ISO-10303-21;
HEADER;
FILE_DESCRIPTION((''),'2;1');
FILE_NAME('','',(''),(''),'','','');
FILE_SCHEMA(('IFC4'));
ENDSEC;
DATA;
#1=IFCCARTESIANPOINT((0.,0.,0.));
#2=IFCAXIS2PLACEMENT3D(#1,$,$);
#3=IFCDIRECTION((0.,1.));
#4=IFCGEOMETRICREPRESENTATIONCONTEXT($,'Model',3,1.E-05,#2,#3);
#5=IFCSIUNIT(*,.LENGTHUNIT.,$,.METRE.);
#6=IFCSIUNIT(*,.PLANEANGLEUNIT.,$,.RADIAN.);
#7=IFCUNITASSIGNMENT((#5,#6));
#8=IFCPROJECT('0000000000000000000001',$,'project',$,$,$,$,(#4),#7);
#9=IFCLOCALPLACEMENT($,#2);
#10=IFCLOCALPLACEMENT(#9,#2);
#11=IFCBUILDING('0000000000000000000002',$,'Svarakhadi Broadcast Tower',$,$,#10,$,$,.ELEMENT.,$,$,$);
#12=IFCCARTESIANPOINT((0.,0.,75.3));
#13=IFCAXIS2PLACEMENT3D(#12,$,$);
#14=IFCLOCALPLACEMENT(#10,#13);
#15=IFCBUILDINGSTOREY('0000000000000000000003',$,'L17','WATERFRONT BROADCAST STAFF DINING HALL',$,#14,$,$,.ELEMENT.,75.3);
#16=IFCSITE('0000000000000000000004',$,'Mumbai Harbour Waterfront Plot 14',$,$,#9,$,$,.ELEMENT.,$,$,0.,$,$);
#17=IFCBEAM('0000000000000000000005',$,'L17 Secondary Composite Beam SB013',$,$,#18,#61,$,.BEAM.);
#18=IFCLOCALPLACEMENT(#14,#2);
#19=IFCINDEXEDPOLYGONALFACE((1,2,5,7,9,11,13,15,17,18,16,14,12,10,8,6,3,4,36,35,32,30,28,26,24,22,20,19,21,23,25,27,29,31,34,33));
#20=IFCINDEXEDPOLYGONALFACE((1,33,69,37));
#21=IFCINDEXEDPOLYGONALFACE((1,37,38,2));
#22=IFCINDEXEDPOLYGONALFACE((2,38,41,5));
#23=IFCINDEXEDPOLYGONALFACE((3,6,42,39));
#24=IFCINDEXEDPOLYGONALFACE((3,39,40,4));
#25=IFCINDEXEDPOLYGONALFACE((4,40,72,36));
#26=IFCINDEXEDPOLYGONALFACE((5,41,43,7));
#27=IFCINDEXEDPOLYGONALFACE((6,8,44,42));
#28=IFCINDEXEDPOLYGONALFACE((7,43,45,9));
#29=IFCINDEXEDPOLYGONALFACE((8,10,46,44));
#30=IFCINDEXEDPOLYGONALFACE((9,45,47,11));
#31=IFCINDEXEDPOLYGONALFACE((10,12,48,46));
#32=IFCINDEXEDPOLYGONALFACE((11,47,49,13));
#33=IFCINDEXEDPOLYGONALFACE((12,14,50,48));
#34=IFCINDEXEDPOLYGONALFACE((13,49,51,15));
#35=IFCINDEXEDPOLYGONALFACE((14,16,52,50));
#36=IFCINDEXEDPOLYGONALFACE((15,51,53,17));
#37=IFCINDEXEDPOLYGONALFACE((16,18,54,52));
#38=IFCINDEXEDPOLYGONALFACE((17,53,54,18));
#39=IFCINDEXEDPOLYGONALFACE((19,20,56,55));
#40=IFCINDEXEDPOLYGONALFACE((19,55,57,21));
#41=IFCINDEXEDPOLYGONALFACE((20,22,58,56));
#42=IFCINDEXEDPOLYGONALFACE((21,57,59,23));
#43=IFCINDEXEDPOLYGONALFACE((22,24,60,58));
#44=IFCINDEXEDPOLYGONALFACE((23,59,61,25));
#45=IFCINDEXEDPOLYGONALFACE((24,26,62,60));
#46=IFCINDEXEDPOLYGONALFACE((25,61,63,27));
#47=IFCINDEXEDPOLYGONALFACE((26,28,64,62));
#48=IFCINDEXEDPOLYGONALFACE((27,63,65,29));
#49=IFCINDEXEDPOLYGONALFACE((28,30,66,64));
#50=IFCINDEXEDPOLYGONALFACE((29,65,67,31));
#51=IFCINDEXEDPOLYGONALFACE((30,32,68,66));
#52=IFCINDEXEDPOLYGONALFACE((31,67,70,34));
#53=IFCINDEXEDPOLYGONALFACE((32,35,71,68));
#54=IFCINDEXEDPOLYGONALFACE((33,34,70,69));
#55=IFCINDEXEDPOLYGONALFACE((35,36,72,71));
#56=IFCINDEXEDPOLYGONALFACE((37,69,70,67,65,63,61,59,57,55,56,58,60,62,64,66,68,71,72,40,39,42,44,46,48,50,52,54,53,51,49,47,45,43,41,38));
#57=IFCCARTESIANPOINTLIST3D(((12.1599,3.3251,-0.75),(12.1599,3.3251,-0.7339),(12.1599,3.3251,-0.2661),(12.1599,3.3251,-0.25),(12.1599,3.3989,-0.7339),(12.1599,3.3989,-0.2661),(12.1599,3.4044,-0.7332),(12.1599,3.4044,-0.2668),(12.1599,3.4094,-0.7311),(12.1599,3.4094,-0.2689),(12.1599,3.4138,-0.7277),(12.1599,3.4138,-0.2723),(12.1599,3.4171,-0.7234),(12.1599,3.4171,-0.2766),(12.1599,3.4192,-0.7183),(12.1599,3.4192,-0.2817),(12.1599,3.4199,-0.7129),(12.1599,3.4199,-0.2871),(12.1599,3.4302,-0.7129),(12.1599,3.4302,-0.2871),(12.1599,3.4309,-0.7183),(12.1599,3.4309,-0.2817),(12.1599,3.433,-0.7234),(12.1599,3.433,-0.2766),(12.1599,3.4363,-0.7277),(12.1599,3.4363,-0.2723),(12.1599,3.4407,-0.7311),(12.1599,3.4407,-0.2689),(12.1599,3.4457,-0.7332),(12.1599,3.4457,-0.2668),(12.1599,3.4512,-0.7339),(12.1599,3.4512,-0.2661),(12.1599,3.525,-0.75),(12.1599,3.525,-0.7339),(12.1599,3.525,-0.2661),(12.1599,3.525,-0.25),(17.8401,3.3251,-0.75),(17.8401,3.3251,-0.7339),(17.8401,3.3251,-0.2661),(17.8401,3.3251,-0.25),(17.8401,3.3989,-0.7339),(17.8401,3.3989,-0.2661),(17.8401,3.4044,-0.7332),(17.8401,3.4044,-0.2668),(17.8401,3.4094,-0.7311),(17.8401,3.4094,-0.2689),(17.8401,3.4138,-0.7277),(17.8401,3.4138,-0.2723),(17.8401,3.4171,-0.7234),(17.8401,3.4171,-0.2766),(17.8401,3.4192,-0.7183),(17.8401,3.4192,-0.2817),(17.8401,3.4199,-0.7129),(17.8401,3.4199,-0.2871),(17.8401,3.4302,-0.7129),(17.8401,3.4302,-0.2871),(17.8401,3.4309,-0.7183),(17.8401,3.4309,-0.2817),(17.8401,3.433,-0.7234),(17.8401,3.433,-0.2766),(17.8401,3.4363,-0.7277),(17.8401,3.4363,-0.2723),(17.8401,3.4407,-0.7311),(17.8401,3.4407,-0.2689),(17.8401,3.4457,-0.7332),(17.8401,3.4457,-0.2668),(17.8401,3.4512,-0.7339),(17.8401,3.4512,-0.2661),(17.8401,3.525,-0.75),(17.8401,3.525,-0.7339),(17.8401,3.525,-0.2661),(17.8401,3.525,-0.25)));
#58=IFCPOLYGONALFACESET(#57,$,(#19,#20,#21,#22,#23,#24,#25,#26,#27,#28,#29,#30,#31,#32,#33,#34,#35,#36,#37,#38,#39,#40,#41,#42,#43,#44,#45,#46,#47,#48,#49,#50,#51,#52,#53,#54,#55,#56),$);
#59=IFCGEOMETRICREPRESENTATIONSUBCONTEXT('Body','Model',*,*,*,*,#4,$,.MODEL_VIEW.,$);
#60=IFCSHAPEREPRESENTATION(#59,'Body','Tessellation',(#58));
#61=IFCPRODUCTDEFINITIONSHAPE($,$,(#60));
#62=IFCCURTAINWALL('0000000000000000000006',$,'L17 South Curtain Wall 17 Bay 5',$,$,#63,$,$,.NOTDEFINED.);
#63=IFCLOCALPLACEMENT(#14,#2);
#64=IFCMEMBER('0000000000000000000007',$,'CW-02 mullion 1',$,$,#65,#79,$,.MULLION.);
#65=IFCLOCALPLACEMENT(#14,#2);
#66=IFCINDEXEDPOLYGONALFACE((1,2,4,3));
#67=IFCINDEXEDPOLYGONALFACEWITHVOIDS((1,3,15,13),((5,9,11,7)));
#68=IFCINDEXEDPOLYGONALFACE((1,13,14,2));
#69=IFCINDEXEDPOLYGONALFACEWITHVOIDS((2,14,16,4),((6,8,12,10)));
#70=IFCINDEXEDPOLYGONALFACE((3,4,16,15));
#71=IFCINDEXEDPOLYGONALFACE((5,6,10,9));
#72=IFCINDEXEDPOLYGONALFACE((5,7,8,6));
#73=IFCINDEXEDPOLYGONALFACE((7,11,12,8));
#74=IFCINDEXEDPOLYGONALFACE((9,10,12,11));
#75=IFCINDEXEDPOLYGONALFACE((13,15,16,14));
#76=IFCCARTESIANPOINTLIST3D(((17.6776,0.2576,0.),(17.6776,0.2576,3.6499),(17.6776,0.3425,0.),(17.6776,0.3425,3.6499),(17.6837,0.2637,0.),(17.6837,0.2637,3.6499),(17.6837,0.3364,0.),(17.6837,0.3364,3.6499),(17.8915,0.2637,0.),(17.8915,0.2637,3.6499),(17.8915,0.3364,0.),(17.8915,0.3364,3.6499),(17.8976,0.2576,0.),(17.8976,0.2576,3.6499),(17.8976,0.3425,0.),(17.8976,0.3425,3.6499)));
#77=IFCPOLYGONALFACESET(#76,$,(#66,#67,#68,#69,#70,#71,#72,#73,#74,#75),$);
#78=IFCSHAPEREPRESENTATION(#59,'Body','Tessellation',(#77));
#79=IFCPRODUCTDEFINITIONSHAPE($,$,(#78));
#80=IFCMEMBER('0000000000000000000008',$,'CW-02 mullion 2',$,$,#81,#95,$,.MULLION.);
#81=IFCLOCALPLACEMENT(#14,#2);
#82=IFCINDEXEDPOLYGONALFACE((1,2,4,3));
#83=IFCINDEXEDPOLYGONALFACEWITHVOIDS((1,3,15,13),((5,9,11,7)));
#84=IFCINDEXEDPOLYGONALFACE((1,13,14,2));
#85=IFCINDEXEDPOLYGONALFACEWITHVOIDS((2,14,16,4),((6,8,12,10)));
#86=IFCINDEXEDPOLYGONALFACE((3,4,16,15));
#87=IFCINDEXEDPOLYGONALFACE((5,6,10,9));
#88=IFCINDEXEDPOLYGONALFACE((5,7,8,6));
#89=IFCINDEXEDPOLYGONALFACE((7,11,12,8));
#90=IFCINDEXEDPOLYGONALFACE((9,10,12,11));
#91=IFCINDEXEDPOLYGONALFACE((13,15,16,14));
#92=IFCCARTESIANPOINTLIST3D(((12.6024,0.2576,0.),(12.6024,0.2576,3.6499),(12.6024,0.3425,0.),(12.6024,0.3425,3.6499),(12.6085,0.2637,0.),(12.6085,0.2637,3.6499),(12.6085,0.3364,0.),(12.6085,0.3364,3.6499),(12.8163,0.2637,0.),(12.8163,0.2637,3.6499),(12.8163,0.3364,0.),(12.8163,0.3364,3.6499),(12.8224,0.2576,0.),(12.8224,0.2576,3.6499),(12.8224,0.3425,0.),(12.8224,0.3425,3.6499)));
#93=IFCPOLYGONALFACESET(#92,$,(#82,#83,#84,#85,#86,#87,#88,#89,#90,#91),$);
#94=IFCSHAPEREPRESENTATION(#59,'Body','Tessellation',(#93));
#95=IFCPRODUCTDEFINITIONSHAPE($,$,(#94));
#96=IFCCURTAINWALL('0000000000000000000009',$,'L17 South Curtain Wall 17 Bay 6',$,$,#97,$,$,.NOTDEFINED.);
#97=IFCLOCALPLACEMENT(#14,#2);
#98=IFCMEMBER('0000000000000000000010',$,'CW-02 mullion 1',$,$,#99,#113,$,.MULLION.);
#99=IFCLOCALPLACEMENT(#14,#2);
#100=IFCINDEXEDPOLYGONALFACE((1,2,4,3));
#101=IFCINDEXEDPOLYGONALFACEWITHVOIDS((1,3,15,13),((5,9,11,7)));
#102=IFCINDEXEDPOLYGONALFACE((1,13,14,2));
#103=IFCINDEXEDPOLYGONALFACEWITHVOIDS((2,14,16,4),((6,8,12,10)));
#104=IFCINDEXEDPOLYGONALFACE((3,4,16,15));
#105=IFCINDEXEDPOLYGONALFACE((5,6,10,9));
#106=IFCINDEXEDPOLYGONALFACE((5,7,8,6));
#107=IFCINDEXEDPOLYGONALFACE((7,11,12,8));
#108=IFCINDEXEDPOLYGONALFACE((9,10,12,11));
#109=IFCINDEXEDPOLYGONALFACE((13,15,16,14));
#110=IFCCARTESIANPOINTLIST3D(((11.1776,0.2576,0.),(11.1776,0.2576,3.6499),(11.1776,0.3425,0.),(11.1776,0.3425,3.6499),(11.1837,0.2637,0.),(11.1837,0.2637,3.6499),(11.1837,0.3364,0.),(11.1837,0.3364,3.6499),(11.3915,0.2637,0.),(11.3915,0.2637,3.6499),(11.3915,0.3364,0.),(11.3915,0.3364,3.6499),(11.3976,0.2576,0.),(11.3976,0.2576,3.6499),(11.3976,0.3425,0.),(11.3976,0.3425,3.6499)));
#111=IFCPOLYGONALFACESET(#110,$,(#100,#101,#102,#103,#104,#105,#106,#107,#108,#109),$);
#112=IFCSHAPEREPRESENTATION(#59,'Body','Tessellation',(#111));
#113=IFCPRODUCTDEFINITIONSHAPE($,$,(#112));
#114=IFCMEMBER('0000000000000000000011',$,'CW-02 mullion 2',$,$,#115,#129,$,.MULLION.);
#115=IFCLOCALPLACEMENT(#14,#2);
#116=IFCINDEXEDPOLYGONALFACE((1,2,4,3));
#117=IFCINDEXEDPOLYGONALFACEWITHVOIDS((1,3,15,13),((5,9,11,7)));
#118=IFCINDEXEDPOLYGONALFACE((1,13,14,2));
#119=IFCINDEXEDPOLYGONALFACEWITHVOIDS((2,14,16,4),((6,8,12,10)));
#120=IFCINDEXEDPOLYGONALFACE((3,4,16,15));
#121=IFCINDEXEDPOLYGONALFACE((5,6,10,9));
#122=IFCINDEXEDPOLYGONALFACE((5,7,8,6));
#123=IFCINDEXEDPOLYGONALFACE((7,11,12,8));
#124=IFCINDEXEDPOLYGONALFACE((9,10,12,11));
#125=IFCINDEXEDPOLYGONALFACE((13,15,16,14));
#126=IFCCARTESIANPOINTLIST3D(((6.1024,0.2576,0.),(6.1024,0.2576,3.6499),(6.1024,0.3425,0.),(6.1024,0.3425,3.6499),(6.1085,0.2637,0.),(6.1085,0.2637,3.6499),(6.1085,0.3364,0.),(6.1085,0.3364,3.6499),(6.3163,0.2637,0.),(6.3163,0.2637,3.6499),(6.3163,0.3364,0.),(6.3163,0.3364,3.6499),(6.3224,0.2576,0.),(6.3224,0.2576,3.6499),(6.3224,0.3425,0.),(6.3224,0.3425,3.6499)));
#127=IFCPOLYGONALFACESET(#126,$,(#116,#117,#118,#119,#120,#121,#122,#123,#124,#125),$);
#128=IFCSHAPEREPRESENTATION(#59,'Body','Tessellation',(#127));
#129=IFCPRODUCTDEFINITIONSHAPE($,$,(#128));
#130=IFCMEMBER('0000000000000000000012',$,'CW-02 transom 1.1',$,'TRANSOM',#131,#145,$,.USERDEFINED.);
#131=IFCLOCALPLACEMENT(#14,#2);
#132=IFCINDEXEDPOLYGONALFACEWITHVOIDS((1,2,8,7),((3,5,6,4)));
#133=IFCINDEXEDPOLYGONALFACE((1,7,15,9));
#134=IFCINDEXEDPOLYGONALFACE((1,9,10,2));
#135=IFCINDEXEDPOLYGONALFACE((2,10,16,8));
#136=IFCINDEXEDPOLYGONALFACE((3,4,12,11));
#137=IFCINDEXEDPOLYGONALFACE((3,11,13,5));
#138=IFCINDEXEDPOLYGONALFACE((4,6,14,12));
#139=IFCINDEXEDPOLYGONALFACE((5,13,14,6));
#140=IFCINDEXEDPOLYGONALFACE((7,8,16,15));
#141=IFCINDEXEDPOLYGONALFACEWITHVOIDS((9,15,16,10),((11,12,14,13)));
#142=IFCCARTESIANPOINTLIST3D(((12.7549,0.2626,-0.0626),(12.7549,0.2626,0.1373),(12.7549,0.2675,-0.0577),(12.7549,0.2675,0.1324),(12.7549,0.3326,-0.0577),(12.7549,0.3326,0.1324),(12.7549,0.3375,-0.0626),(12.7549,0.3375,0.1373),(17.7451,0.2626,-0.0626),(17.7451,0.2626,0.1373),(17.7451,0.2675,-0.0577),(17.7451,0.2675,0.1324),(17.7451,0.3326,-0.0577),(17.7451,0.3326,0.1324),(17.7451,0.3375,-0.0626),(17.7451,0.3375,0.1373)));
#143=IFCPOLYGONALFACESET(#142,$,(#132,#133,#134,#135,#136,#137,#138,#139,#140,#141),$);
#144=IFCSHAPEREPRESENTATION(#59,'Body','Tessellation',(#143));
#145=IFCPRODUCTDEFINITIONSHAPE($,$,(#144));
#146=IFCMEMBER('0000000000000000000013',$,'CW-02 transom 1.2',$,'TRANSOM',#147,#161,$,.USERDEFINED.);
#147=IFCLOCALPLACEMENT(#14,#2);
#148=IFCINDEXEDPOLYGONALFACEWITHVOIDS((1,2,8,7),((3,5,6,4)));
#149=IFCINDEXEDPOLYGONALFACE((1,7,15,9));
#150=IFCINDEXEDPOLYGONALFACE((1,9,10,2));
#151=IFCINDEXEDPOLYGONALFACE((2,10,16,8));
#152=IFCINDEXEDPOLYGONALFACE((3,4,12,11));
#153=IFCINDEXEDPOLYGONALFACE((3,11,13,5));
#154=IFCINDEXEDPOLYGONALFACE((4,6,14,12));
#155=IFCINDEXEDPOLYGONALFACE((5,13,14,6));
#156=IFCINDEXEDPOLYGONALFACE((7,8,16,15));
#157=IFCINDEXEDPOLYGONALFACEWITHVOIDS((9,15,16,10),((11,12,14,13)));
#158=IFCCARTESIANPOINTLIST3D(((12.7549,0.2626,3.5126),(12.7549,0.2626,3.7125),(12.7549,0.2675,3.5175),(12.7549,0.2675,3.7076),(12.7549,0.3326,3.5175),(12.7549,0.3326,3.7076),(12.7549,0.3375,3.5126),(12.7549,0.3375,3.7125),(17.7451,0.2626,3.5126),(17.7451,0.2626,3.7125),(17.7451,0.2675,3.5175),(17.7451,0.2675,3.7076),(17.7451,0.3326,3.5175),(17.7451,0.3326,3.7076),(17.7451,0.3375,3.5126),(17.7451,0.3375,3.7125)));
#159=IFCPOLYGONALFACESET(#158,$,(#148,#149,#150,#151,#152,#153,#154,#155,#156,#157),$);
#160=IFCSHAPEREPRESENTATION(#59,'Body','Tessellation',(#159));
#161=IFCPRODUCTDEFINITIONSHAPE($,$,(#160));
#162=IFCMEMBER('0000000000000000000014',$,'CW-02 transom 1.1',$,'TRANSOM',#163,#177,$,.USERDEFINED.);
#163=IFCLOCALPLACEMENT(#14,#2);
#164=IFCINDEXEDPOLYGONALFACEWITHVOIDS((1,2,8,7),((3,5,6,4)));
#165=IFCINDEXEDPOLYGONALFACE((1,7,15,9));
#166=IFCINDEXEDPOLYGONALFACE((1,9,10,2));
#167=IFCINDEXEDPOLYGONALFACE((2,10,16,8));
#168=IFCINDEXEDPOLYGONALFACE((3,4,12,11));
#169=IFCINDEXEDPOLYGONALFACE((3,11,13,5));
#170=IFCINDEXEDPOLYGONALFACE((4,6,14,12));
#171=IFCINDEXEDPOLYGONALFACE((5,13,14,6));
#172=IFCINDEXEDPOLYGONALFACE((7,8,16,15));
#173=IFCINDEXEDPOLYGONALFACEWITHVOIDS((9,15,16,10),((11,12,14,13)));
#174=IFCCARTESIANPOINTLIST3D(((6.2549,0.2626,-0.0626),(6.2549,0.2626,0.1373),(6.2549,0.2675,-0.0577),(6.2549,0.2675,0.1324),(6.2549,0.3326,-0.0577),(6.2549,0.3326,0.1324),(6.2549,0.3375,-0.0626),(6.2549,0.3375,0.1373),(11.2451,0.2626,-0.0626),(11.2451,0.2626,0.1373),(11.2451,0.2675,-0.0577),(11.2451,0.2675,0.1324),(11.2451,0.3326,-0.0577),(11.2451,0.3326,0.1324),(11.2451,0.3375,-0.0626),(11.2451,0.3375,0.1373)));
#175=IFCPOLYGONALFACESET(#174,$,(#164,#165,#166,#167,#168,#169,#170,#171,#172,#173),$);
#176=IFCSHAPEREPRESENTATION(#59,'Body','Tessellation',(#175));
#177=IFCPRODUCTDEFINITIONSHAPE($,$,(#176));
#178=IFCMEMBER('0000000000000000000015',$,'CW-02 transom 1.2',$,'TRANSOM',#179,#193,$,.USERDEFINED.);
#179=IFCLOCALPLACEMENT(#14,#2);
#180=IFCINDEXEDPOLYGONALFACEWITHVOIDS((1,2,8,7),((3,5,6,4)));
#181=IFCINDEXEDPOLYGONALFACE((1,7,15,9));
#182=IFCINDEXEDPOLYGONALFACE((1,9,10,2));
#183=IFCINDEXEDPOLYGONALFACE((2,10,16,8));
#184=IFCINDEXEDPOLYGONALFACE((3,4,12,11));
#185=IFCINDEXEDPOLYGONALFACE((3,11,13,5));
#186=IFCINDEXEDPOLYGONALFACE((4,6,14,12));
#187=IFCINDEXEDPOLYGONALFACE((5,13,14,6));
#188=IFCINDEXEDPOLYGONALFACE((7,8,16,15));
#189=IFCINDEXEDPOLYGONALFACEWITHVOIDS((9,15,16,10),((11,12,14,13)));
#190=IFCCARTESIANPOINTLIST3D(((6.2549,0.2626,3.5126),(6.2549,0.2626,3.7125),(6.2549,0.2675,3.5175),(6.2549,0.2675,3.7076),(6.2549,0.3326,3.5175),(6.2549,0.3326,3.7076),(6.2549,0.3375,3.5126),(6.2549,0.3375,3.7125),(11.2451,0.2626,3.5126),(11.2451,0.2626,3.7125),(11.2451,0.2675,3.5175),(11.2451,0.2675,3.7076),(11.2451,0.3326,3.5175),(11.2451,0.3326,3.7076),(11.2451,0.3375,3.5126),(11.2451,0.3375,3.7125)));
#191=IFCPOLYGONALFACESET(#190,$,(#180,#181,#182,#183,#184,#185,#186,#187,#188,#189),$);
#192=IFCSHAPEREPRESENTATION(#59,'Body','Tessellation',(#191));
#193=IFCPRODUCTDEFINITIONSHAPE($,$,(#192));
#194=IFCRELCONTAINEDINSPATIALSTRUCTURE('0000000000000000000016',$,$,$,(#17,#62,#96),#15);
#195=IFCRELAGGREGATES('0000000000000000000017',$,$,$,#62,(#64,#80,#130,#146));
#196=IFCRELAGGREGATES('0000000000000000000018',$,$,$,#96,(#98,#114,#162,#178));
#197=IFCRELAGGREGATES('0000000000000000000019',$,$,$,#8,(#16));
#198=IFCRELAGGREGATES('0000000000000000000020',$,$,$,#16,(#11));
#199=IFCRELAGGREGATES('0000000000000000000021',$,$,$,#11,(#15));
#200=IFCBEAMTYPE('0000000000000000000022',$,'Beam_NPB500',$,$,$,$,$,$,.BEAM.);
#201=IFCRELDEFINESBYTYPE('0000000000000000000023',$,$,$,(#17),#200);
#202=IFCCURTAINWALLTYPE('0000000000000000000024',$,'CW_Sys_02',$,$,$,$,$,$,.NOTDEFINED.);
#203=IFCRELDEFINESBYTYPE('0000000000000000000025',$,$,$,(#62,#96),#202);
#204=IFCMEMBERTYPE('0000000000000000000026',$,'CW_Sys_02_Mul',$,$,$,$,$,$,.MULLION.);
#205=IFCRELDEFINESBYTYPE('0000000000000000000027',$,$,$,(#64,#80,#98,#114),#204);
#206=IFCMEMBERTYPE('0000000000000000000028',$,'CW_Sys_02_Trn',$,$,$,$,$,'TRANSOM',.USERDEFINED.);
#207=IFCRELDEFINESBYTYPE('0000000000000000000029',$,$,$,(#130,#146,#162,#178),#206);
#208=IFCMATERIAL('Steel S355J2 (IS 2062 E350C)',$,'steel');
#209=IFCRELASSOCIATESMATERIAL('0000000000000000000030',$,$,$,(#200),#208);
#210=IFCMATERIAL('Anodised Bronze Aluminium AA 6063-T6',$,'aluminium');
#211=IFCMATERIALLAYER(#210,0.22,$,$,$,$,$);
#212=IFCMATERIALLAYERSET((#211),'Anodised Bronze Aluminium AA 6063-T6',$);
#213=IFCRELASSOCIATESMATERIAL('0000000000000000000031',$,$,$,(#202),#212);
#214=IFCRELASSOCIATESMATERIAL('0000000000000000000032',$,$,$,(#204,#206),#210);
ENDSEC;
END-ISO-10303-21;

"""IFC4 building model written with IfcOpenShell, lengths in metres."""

from ifc_helpers import new_model, si_unit, direction, frame, origin, origin_2d, place, context, subcontext, project, spatial, hollow_rectangle, i_section, extrude, material, layer, layer_set, material_profile, profile_set, type_object, element, aggregate, save


model = new_model("IFC4")

# Units and contexts
model_context = context("Model", 3, precision=1e-05, world=origin(), true_north=direction((0.0, 1.0)))
body_context = subcontext(model_context, "Body", "Model", "MODEL_VIEW")
ifc_project = project(units=[si_unit("LENGTHUNIT", "METRE"), si_unit("PLANEANGLEUNIT", "RADIAN")], contexts=[model_context])

# Site, building, storey
site_placement = place(None, origin())
site = spatial("IfcSite", under=ifc_project, at=site_placement, Name="Mumbai Harbour Waterfront Plot 14", CompositionType="ELEMENT", RefElevation=0.0)
building_placement = place(site_placement, origin())
building = spatial("IfcBuilding", under=site, at=building_placement, Name="Svarakhadi Broadcast Tower", CompositionType="ELEMENT")
storey_placement = place(building_placement, frame((0.0, 0.0, 75.3)))
storey = spatial("IfcBuildingStorey", under=building, at=storey_placement, Name="L17", Description="WATERFRONT BROADCAST STAFF DINING HALL", CompositionType="ELEMENT", Elevation=75.3)

# Beam
ifc_material_1 = material(Name="Steel S355J2 (IS 2062 E350C)", Category="steel")
ifc_material_profile_1 = material_profile(ifc_material_1, i_section(OverallWidth=0.2, OverallDepth=0.5, WebThickness=0.0103, FlangeThickness=0.0161, FilletRadius=0.021, at=origin_2d()), Name="NPB 500x200x91")
ifc_profile_set_1 = profile_set([ifc_material_profile_1], Name="Steel S355J2 (IS 2062 E350C)")
beam_type_1 = type_object("IfcBeamType", Name="Beam_NPB500", PredefinedType="BEAM", material=ifc_profile_set_1)
for number, where, z_axis, x_axis, name in (
    (1, (12.1599, 3.425, -0.5), (1.0, 0.0, 0.0), (0.0, 1.0, 0.0), "L17 Secondary Composite Beam SB013"),
):
    element("IfcBeam", number, at=place(storey_placement, frame(where, z_axis=z_axis, x_axis=x_axis)), inside=storey, type_object=beam_type_1, Name=name, PredefinedType="BEAM", context=body_context, shape_type="SweptSolid", body=[
        extrude(i_section(OverallWidth=0.2, OverallDepth=0.5, WebThickness=0.0103, FlangeThickness=0.0161, FilletRadius=0.021, at=origin_2d()), origin(), (0.0, 0.0, 1.0), 5.6802),
    ])

# Curtain walls, members
ifc_material_2 = material(Name="Anodised Bronze Aluminium AA 6063-T6", Category="aluminium")
ifc_layer_1 = layer(ifc_material_2, 0.22)
ifc_layer_set_1 = layer_set([ifc_layer_1], Name="Anodised Bronze Aluminium AA 6063-T6")
curtain_wall_type = type_object("IfcCurtainWallType", Name="CW_Sys_02", PredefinedType="NOTDEFINED", material=ifc_layer_set_1)
curtain_wall_1_placement = place(storey_placement, origin())
curtain_wall_1 = element("IfcCurtainWall", 2, at=curtain_wall_1_placement, inside=storey, type_object=curtain_wall_type, Name="L17 South Curtain Wall 17 Bay 5", PredefinedType="NOTDEFINED")
ifc_material_profile_2 = material_profile(ifc_material_2, hollow_rectangle(XDim=0.085, YDim=0.22, WallThickness=0.0061, at=origin_2d()), Name="ALU MULLION 220x85x6")
ifc_profile_set_2 = profile_set([ifc_material_profile_2], Name="Anodised Bronze Aluminium AA 6063-T6")
member_type_1 = type_object("IfcMemberType", Name="CW_Sys_02_Mul", PredefinedType="MULLION", material=ifc_profile_set_2)
member_1_placement = place(storey_placement, frame((17.7876, 0.3, 0.0), z_axis=(0.0, 0.0, 1.0), x_axis=(0.0, -1.0, 0.0)))
member_1 = element("IfcMember", 3, at=member_1_placement, type_object=member_type_1, Name="CW-02 mullion 1", PredefinedType="MULLION", context=body_context, shape_type="SweptSolid", body=[
    extrude(hollow_rectangle(XDim=0.085, YDim=0.22, WallThickness=0.0061, at=origin_2d()), origin(), (0.0, 0.0, 1.0), 3.6499),
])
member_2_placement = place(storey_placement, frame((12.7124, 0.3, 0.0), z_axis=(0.0, 0.0, 1.0), x_axis=(0.0, -1.0, 0.0)))
member_2 = element("IfcMember", 4, at=member_2_placement, type_object=member_type_1, Name="CW-02 mullion 2", PredefinedType="MULLION", context=body_context, shape_type="SweptSolid", body=[
    extrude(hollow_rectangle(XDim=0.085, YDim=0.22, WallThickness=0.0061, at=origin_2d()), origin(), (0.0, 0.0, 1.0), 3.6499),
])
curtain_wall_2_placement = place(storey_placement, origin())
curtain_wall_2 = element("IfcCurtainWall", 5, at=curtain_wall_2_placement, inside=storey, type_object=curtain_wall_type, Name="L17 South Curtain Wall 17 Bay 6", PredefinedType="NOTDEFINED")
member_3_placement = place(storey_placement, frame((11.2876, 0.3, 0.0), z_axis=(0.0, 0.0, 1.0), x_axis=(0.0, -1.0, 0.0)))
member_3 = element("IfcMember", 6, at=member_3_placement, type_object=member_type_1, Name="CW-02 mullion 1", PredefinedType="MULLION", context=body_context, shape_type="SweptSolid", body=[
    extrude(hollow_rectangle(XDim=0.085, YDim=0.22, WallThickness=0.0061, at=origin_2d()), origin(), (0.0, 0.0, 1.0), 3.6499),
])
member_4_placement = place(storey_placement, frame((6.2124, 0.3, 0.0), z_axis=(0.0, 0.0, 1.0), x_axis=(0.0, -1.0, 0.0)))
member_4 = element("IfcMember", 7, at=member_4_placement, type_object=member_type_1, Name="CW-02 mullion 2", PredefinedType="MULLION", context=body_context, shape_type="SweptSolid", body=[
    extrude(hollow_rectangle(XDim=0.085, YDim=0.22, WallThickness=0.0061, at=origin_2d()), origin(), (0.0, 0.0, 1.0), 3.6499),
])

# Members
ifc_material_profile_3 = material_profile(ifc_material_2, hollow_rectangle(XDim=0.075, YDim=0.2, WallThickness=0.0049, at=origin_2d()), Name="ALU TRANSOM 200x75x5")
ifc_profile_set_3 = profile_set([ifc_material_profile_3], Name="Anodised Bronze Aluminium AA 6063-T6")
member_type_2 = type_object("IfcMemberType", Name="CW_Sys_02_Trn", ElementType="TRANSOM", PredefinedType="USERDEFINED", material=ifc_profile_set_3)
member_5_placement = place(storey_placement, frame((17.7451, 0.3, 0.0374), z_axis=(-1.0, 0.0, 0.0), x_axis=(0.0, -1.0, 0.0)))
member_5 = element("IfcMember", 8, at=member_5_placement, type_object=member_type_2, Name="CW-02 transom 1.1", ObjectType="TRANSOM", PredefinedType="USERDEFINED", context=body_context, shape_type="SweptSolid", body=[
    extrude(hollow_rectangle(XDim=0.075, YDim=0.2, WallThickness=0.0049, at=origin_2d()), origin(), (0.0, 0.0, 1.0), 4.9902),
])
member_6_placement = place(storey_placement, frame((17.7451, 0.3, 3.6125), z_axis=(-1.0, 0.0, 0.0), x_axis=(0.0, -1.0, 0.0)))
member_6 = element("IfcMember", 9, at=member_6_placement, type_object=member_type_2, Name="CW-02 transom 1.2", ObjectType="TRANSOM", PredefinedType="USERDEFINED", context=body_context, shape_type="SweptSolid", body=[
    extrude(hollow_rectangle(XDim=0.075, YDim=0.2, WallThickness=0.0049, at=origin_2d()), origin(), (0.0, 0.0, 1.0), 4.9902),
])
member_7_placement = place(storey_placement, frame((11.2451, 0.3, 0.0374), z_axis=(-1.0, 0.0, 0.0), x_axis=(0.0, -1.0, 0.0)))
member_7 = element("IfcMember", 10, at=member_7_placement, type_object=member_type_2, Name="CW-02 transom 1.1", ObjectType="TRANSOM", PredefinedType="USERDEFINED", context=body_context, shape_type="SweptSolid", body=[
    extrude(hollow_rectangle(XDim=0.075, YDim=0.2, WallThickness=0.0049, at=origin_2d()), origin(), (0.0, 0.0, 1.0), 4.9902),
])
member_8_placement = place(storey_placement, frame((11.2451, 0.3, 3.6125), z_axis=(-1.0, 0.0, 0.0), x_axis=(0.0, -1.0, 0.0)))
member_8 = element("IfcMember", 11, at=member_8_placement, type_object=member_type_2, Name="CW-02 transom 1.2", ObjectType="TRANSOM", PredefinedType="USERDEFINED", context=body_context, shape_type="SweptSolid", body=[
    extrude(hollow_rectangle(XDim=0.075, YDim=0.2, WallThickness=0.0049, at=origin_2d()), origin(), (0.0, 0.0, 1.0), 4.9902),
])

aggregate(curtain_wall_1, [member_1, member_2, member_5, member_6])
aggregate(curtain_wall_2, [member_3, member_4, member_7, member_8])

save(model, "model.ifc")
